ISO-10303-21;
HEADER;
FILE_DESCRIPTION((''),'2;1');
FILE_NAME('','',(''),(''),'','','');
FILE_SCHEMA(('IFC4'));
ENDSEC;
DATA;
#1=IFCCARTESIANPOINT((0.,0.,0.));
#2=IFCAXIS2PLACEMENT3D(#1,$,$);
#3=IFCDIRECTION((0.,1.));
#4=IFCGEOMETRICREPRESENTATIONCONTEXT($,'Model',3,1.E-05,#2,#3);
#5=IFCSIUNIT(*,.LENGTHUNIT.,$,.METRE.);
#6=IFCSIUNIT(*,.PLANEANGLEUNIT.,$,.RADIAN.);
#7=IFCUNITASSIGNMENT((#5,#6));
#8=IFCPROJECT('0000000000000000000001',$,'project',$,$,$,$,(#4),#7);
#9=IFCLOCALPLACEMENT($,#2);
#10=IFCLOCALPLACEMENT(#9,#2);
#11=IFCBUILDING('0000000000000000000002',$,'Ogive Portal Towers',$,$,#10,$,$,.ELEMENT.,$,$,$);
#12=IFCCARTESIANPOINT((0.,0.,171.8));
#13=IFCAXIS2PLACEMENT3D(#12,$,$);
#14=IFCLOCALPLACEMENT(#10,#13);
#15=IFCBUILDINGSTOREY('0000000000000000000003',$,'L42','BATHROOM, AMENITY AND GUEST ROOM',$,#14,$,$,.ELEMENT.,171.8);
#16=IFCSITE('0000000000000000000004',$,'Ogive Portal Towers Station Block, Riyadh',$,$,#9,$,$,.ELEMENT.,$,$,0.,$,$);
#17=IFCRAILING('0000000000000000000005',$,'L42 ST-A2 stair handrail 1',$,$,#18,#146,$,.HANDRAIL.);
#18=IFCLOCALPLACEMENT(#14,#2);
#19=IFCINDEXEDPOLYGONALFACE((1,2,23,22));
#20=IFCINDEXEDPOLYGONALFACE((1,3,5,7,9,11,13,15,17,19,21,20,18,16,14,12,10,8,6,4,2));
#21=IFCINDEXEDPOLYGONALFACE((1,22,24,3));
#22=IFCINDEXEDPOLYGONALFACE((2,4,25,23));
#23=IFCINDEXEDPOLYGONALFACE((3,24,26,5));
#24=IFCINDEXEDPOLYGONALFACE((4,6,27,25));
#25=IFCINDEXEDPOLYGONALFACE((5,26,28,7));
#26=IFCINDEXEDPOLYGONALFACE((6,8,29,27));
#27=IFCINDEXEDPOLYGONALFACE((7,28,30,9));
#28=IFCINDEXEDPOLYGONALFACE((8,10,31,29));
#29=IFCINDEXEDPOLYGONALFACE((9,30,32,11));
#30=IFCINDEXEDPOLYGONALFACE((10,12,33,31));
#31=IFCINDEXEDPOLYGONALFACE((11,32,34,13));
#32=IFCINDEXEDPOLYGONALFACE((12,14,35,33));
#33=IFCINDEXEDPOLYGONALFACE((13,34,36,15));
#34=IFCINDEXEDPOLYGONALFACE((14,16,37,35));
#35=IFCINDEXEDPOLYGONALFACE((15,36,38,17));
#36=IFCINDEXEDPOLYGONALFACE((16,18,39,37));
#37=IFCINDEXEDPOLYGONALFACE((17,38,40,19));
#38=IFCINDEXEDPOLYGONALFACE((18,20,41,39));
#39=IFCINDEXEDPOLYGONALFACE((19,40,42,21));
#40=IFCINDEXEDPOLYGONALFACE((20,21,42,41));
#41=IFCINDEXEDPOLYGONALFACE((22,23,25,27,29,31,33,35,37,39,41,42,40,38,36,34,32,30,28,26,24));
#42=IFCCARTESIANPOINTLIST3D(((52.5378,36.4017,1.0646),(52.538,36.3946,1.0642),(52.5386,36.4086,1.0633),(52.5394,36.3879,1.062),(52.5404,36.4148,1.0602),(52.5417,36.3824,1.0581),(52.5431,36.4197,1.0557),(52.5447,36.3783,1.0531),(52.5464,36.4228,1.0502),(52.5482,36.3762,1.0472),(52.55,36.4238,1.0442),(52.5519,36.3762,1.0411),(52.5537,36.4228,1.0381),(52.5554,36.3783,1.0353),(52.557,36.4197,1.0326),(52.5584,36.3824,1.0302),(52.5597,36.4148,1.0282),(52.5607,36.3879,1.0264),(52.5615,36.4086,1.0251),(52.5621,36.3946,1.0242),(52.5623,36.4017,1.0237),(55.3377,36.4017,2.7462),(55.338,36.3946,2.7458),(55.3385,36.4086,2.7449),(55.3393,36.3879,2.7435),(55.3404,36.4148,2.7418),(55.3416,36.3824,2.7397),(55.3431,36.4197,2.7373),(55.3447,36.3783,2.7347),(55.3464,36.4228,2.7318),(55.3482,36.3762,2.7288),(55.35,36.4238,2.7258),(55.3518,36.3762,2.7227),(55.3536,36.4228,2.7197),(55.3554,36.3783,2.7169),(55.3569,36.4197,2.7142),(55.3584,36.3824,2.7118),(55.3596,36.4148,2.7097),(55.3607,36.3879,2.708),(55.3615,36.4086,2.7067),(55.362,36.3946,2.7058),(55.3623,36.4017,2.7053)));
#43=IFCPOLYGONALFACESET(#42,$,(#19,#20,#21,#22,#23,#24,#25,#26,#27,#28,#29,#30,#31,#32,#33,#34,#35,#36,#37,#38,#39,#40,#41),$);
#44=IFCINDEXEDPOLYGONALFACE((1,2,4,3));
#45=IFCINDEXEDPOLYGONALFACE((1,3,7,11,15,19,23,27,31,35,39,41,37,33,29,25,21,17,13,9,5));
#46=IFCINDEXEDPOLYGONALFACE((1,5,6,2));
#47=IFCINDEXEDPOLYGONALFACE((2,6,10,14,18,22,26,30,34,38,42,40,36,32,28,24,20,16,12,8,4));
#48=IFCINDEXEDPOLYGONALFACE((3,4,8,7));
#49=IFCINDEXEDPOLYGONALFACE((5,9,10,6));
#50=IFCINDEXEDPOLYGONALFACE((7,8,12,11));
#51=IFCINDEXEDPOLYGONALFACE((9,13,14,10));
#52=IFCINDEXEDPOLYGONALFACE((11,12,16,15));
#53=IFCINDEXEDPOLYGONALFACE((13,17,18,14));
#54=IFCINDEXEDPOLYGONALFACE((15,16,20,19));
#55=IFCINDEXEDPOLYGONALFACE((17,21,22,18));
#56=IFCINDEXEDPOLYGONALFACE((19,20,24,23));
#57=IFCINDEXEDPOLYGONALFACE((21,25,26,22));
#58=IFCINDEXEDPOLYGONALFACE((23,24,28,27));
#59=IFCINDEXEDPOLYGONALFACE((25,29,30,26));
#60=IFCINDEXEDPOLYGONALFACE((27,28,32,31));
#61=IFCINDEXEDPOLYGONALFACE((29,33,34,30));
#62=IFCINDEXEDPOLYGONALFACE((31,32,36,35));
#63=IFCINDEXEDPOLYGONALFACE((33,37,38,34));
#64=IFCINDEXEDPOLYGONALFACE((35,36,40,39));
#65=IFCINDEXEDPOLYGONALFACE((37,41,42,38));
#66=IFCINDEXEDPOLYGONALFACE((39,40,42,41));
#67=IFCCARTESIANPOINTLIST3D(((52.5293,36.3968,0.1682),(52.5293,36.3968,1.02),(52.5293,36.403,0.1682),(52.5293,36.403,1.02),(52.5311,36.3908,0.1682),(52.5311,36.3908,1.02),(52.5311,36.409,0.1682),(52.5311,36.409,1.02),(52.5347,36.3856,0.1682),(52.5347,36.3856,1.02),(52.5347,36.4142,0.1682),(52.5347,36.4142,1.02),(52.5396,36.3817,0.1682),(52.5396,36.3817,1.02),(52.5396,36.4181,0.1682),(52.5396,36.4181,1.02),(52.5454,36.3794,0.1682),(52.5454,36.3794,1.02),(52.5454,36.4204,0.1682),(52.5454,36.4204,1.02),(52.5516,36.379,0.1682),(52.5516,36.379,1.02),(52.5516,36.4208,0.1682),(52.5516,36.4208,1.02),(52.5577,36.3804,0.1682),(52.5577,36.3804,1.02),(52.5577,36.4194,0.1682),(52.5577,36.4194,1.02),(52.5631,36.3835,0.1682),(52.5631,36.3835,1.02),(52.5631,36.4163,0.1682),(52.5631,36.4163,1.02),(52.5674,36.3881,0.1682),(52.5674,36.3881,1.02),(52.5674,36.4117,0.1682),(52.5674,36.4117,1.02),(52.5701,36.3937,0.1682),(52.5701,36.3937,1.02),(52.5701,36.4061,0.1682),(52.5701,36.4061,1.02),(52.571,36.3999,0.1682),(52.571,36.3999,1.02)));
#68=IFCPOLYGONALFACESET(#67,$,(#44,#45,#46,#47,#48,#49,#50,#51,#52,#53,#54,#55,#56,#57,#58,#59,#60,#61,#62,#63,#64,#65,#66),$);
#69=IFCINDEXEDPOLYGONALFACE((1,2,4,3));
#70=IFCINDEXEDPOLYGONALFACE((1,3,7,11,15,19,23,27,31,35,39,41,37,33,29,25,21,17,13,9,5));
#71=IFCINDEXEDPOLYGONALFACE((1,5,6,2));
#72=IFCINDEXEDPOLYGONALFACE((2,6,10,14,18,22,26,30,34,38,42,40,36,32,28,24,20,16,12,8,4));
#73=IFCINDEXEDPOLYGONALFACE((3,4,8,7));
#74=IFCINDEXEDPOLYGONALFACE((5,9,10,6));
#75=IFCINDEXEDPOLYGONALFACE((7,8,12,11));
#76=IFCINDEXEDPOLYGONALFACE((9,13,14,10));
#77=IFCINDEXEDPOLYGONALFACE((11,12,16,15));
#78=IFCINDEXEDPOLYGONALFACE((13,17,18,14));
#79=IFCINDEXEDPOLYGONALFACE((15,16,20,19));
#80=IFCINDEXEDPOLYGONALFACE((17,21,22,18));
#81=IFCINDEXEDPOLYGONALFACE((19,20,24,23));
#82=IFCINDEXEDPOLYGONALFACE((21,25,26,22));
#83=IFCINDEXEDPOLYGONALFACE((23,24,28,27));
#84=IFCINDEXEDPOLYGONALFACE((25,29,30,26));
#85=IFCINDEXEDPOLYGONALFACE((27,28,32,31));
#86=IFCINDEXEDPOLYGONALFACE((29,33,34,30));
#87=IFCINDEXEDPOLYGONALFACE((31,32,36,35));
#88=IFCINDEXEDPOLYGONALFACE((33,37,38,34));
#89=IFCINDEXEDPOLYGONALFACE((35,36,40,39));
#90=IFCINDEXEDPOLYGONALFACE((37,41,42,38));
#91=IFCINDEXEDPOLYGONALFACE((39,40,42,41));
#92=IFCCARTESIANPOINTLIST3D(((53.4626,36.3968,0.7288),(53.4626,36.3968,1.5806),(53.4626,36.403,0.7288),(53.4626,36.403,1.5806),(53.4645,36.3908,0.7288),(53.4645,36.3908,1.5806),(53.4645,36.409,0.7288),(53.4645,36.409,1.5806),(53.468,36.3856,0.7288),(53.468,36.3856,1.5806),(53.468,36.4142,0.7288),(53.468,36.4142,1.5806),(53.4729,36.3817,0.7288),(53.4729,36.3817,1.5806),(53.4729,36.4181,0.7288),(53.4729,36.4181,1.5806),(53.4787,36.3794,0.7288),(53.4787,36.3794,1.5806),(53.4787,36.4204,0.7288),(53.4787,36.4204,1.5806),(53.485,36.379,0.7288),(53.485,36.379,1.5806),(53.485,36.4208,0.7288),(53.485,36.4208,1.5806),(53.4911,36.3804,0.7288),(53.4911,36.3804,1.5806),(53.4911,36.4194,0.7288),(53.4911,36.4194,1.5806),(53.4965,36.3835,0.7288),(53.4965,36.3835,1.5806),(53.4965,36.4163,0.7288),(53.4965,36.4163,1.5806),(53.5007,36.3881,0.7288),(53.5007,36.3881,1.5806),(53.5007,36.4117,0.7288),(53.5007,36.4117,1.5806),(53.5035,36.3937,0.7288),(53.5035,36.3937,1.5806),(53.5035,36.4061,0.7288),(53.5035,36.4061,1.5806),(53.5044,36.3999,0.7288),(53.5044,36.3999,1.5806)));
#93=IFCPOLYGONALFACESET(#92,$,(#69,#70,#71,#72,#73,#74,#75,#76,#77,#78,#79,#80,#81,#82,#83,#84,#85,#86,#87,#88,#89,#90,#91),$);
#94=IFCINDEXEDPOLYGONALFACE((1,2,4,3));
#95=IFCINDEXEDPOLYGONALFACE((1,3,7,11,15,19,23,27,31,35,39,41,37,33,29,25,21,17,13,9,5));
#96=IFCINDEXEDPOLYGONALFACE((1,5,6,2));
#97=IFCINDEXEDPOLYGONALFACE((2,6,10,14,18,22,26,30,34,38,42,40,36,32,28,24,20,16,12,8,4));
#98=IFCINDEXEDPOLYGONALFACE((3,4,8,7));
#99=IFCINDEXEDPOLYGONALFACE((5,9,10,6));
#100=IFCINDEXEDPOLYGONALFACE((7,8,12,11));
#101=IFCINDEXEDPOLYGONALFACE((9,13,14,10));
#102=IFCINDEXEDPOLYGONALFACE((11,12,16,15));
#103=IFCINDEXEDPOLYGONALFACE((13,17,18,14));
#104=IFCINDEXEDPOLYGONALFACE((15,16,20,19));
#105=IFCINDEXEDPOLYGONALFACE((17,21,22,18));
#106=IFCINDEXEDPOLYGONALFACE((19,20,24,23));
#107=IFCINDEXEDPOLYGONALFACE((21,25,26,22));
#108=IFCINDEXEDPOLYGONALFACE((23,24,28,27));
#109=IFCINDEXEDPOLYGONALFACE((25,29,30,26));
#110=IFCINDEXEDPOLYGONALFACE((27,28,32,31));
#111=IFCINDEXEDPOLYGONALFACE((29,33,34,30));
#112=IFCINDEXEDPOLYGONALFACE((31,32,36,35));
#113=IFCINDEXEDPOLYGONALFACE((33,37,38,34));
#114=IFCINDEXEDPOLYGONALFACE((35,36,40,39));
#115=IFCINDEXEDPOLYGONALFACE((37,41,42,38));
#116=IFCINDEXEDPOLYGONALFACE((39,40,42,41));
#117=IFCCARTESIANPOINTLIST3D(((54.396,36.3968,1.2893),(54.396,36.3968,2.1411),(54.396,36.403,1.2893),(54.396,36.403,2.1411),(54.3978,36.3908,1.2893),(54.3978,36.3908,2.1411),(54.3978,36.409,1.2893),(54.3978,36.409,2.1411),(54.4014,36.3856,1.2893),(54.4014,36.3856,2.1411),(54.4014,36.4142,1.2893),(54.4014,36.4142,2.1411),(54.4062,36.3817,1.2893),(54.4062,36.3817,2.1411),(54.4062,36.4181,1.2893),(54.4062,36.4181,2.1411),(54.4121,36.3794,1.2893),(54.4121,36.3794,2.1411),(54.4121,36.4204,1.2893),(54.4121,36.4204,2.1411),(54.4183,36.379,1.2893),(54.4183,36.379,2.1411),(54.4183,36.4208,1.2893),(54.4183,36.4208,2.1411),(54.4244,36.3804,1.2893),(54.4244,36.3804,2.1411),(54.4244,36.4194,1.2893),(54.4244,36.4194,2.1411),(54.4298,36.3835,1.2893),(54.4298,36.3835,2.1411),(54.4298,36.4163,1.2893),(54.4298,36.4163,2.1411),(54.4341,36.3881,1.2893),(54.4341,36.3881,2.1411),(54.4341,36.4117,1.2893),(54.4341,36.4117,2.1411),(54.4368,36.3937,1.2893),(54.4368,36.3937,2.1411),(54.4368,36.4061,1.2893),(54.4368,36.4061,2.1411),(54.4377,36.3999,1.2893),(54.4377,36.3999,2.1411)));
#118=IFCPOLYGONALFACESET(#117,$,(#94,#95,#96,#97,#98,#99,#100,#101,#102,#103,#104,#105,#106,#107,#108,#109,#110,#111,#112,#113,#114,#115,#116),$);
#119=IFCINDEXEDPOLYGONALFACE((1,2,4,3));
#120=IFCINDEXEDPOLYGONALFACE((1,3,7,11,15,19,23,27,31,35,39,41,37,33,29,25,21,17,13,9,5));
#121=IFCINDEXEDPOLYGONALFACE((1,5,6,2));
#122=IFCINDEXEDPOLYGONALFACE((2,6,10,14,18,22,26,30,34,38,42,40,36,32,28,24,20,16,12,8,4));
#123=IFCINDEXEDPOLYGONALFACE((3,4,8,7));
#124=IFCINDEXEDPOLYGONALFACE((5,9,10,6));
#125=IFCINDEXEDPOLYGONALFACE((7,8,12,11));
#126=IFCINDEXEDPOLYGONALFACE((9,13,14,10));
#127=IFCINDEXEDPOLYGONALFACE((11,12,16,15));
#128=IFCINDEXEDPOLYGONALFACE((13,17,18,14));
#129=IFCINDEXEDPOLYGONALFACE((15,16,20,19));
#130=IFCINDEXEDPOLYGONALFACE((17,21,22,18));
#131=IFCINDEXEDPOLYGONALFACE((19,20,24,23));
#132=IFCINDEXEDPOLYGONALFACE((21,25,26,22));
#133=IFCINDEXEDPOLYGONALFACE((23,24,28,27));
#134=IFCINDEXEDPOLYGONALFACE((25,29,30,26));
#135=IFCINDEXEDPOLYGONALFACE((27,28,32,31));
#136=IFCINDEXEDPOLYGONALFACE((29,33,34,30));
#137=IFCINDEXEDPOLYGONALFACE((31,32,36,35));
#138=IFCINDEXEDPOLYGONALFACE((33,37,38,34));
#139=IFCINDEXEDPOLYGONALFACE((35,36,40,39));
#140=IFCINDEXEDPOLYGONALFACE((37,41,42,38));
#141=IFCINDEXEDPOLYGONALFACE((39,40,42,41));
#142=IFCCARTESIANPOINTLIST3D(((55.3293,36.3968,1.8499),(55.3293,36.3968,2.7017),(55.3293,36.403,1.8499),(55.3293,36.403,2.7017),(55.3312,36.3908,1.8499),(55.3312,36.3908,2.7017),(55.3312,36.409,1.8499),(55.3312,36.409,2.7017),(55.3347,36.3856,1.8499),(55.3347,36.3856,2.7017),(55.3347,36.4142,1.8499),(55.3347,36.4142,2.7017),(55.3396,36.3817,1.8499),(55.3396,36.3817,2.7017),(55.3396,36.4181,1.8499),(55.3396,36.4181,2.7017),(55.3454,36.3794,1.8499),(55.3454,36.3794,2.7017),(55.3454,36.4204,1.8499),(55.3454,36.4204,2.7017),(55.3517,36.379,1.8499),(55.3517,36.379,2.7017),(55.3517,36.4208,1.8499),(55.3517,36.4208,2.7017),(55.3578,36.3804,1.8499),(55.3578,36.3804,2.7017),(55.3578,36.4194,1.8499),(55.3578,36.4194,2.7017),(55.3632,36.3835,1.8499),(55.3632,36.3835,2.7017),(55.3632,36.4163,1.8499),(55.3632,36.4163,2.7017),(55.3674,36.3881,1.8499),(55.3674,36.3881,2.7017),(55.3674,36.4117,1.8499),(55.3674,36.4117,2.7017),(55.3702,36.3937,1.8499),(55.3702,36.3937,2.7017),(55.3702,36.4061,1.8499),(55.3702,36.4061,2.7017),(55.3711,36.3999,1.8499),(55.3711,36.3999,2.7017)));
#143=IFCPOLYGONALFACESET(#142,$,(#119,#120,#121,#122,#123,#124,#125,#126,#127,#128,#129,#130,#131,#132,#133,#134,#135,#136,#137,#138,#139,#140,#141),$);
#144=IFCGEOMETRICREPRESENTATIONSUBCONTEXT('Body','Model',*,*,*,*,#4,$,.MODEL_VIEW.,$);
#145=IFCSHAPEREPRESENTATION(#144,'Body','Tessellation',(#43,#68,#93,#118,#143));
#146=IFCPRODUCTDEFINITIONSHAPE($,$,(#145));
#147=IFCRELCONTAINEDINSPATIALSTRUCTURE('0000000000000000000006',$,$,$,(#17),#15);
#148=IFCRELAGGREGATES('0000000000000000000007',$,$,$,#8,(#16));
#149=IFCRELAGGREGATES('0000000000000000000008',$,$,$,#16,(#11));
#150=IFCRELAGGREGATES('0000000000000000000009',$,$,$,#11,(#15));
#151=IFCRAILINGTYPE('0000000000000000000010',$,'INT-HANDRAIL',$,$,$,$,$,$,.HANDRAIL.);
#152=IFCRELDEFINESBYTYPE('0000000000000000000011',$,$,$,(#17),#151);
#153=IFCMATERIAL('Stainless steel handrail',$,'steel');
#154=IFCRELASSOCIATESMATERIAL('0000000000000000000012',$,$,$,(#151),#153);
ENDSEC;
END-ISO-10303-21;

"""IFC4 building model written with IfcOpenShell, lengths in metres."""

from ifc_helpers import new_model, si_unit, direction, frame, origin, origin_2d, place, context, subcontext, project, spatial, circle, extrude, material, type_object, element, save


model = new_model("IFC4")

# Units and contexts
model_context = context("Model", 3, precision=1e-05, world=origin(), true_north=direction((0.0, 1.0)))
body_context = subcontext(model_context, "Body", "Model", "MODEL_VIEW")
ifc_project = project(units=[si_unit("LENGTHUNIT", "METRE"), si_unit("PLANEANGLEUNIT", "RADIAN")], contexts=[model_context])

# Site, building, storey
site_placement = place(None, origin())
site = spatial("IfcSite", under=ifc_project, at=site_placement, Name="Ogive Portal Towers Station Block, Riyadh", CompositionType="ELEMENT", RefElevation=0.0)
building_placement = place(site_placement, origin())
building = spatial("IfcBuilding", under=site, at=building_placement, Name="Ogive Portal Towers", CompositionType="ELEMENT")
storey_placement = place(building_placement, frame((0.0, 0.0, 171.8)))
storey = spatial("IfcBuildingStorey", under=building, at=storey_placement, Name="L42", Description="BATHROOM, AMENITY AND GUEST ROOM", CompositionType="ELEMENT", Elevation=171.8)

# Railing
ifc_material_1 = material(Name="Stainless steel handrail", Category="steel")
railing_type_1 = type_object("IfcRailingType", Name="INT-HANDRAIL", PredefinedType="HANDRAIL", material=ifc_material_1)
railing_1_placement = place(storey_placement, frame((52.55, 36.3999, 0.1682)))
element("IfcRailing", 1, at=railing_1_placement, inside=storey, type_object=railing_type_1, Name="L42 ST-A2 stair handrail 1", PredefinedType="HANDRAIL", context=body_context, shape_type="SweptSolid", body=[
    extrude(circle(Radius=0.0239, at=origin_2d()), frame((0.0, 0.0, 0.876), z_axis=(0.857275, 0.0, 0.514858), x_axis=(0.0, 1.0, 0.0)), (0.0, 0.0, 1.0), 3.2661),
    extrude(circle(Radius=0.021, at=origin_2d()), origin(), (0.0, 0.0, 1.0), 0.8518),
    extrude(circle(Radius=0.021, at=origin_2d()), frame((0.9333, 0.0, 0.5605)), (0.0, 0.0, 1.0), 0.8518),
    extrude(circle(Radius=0.021, at=origin_2d()), frame((1.8667, 0.0, 1.1211)), (0.0, 0.0, 1.0), 0.8518),
    extrude(circle(Radius=0.021, at=origin_2d()), frame((2.8, 0.0, 1.6816)), (0.0, 0.0, 1.0), 0.8518),
])

save(model, "model.ifc")
